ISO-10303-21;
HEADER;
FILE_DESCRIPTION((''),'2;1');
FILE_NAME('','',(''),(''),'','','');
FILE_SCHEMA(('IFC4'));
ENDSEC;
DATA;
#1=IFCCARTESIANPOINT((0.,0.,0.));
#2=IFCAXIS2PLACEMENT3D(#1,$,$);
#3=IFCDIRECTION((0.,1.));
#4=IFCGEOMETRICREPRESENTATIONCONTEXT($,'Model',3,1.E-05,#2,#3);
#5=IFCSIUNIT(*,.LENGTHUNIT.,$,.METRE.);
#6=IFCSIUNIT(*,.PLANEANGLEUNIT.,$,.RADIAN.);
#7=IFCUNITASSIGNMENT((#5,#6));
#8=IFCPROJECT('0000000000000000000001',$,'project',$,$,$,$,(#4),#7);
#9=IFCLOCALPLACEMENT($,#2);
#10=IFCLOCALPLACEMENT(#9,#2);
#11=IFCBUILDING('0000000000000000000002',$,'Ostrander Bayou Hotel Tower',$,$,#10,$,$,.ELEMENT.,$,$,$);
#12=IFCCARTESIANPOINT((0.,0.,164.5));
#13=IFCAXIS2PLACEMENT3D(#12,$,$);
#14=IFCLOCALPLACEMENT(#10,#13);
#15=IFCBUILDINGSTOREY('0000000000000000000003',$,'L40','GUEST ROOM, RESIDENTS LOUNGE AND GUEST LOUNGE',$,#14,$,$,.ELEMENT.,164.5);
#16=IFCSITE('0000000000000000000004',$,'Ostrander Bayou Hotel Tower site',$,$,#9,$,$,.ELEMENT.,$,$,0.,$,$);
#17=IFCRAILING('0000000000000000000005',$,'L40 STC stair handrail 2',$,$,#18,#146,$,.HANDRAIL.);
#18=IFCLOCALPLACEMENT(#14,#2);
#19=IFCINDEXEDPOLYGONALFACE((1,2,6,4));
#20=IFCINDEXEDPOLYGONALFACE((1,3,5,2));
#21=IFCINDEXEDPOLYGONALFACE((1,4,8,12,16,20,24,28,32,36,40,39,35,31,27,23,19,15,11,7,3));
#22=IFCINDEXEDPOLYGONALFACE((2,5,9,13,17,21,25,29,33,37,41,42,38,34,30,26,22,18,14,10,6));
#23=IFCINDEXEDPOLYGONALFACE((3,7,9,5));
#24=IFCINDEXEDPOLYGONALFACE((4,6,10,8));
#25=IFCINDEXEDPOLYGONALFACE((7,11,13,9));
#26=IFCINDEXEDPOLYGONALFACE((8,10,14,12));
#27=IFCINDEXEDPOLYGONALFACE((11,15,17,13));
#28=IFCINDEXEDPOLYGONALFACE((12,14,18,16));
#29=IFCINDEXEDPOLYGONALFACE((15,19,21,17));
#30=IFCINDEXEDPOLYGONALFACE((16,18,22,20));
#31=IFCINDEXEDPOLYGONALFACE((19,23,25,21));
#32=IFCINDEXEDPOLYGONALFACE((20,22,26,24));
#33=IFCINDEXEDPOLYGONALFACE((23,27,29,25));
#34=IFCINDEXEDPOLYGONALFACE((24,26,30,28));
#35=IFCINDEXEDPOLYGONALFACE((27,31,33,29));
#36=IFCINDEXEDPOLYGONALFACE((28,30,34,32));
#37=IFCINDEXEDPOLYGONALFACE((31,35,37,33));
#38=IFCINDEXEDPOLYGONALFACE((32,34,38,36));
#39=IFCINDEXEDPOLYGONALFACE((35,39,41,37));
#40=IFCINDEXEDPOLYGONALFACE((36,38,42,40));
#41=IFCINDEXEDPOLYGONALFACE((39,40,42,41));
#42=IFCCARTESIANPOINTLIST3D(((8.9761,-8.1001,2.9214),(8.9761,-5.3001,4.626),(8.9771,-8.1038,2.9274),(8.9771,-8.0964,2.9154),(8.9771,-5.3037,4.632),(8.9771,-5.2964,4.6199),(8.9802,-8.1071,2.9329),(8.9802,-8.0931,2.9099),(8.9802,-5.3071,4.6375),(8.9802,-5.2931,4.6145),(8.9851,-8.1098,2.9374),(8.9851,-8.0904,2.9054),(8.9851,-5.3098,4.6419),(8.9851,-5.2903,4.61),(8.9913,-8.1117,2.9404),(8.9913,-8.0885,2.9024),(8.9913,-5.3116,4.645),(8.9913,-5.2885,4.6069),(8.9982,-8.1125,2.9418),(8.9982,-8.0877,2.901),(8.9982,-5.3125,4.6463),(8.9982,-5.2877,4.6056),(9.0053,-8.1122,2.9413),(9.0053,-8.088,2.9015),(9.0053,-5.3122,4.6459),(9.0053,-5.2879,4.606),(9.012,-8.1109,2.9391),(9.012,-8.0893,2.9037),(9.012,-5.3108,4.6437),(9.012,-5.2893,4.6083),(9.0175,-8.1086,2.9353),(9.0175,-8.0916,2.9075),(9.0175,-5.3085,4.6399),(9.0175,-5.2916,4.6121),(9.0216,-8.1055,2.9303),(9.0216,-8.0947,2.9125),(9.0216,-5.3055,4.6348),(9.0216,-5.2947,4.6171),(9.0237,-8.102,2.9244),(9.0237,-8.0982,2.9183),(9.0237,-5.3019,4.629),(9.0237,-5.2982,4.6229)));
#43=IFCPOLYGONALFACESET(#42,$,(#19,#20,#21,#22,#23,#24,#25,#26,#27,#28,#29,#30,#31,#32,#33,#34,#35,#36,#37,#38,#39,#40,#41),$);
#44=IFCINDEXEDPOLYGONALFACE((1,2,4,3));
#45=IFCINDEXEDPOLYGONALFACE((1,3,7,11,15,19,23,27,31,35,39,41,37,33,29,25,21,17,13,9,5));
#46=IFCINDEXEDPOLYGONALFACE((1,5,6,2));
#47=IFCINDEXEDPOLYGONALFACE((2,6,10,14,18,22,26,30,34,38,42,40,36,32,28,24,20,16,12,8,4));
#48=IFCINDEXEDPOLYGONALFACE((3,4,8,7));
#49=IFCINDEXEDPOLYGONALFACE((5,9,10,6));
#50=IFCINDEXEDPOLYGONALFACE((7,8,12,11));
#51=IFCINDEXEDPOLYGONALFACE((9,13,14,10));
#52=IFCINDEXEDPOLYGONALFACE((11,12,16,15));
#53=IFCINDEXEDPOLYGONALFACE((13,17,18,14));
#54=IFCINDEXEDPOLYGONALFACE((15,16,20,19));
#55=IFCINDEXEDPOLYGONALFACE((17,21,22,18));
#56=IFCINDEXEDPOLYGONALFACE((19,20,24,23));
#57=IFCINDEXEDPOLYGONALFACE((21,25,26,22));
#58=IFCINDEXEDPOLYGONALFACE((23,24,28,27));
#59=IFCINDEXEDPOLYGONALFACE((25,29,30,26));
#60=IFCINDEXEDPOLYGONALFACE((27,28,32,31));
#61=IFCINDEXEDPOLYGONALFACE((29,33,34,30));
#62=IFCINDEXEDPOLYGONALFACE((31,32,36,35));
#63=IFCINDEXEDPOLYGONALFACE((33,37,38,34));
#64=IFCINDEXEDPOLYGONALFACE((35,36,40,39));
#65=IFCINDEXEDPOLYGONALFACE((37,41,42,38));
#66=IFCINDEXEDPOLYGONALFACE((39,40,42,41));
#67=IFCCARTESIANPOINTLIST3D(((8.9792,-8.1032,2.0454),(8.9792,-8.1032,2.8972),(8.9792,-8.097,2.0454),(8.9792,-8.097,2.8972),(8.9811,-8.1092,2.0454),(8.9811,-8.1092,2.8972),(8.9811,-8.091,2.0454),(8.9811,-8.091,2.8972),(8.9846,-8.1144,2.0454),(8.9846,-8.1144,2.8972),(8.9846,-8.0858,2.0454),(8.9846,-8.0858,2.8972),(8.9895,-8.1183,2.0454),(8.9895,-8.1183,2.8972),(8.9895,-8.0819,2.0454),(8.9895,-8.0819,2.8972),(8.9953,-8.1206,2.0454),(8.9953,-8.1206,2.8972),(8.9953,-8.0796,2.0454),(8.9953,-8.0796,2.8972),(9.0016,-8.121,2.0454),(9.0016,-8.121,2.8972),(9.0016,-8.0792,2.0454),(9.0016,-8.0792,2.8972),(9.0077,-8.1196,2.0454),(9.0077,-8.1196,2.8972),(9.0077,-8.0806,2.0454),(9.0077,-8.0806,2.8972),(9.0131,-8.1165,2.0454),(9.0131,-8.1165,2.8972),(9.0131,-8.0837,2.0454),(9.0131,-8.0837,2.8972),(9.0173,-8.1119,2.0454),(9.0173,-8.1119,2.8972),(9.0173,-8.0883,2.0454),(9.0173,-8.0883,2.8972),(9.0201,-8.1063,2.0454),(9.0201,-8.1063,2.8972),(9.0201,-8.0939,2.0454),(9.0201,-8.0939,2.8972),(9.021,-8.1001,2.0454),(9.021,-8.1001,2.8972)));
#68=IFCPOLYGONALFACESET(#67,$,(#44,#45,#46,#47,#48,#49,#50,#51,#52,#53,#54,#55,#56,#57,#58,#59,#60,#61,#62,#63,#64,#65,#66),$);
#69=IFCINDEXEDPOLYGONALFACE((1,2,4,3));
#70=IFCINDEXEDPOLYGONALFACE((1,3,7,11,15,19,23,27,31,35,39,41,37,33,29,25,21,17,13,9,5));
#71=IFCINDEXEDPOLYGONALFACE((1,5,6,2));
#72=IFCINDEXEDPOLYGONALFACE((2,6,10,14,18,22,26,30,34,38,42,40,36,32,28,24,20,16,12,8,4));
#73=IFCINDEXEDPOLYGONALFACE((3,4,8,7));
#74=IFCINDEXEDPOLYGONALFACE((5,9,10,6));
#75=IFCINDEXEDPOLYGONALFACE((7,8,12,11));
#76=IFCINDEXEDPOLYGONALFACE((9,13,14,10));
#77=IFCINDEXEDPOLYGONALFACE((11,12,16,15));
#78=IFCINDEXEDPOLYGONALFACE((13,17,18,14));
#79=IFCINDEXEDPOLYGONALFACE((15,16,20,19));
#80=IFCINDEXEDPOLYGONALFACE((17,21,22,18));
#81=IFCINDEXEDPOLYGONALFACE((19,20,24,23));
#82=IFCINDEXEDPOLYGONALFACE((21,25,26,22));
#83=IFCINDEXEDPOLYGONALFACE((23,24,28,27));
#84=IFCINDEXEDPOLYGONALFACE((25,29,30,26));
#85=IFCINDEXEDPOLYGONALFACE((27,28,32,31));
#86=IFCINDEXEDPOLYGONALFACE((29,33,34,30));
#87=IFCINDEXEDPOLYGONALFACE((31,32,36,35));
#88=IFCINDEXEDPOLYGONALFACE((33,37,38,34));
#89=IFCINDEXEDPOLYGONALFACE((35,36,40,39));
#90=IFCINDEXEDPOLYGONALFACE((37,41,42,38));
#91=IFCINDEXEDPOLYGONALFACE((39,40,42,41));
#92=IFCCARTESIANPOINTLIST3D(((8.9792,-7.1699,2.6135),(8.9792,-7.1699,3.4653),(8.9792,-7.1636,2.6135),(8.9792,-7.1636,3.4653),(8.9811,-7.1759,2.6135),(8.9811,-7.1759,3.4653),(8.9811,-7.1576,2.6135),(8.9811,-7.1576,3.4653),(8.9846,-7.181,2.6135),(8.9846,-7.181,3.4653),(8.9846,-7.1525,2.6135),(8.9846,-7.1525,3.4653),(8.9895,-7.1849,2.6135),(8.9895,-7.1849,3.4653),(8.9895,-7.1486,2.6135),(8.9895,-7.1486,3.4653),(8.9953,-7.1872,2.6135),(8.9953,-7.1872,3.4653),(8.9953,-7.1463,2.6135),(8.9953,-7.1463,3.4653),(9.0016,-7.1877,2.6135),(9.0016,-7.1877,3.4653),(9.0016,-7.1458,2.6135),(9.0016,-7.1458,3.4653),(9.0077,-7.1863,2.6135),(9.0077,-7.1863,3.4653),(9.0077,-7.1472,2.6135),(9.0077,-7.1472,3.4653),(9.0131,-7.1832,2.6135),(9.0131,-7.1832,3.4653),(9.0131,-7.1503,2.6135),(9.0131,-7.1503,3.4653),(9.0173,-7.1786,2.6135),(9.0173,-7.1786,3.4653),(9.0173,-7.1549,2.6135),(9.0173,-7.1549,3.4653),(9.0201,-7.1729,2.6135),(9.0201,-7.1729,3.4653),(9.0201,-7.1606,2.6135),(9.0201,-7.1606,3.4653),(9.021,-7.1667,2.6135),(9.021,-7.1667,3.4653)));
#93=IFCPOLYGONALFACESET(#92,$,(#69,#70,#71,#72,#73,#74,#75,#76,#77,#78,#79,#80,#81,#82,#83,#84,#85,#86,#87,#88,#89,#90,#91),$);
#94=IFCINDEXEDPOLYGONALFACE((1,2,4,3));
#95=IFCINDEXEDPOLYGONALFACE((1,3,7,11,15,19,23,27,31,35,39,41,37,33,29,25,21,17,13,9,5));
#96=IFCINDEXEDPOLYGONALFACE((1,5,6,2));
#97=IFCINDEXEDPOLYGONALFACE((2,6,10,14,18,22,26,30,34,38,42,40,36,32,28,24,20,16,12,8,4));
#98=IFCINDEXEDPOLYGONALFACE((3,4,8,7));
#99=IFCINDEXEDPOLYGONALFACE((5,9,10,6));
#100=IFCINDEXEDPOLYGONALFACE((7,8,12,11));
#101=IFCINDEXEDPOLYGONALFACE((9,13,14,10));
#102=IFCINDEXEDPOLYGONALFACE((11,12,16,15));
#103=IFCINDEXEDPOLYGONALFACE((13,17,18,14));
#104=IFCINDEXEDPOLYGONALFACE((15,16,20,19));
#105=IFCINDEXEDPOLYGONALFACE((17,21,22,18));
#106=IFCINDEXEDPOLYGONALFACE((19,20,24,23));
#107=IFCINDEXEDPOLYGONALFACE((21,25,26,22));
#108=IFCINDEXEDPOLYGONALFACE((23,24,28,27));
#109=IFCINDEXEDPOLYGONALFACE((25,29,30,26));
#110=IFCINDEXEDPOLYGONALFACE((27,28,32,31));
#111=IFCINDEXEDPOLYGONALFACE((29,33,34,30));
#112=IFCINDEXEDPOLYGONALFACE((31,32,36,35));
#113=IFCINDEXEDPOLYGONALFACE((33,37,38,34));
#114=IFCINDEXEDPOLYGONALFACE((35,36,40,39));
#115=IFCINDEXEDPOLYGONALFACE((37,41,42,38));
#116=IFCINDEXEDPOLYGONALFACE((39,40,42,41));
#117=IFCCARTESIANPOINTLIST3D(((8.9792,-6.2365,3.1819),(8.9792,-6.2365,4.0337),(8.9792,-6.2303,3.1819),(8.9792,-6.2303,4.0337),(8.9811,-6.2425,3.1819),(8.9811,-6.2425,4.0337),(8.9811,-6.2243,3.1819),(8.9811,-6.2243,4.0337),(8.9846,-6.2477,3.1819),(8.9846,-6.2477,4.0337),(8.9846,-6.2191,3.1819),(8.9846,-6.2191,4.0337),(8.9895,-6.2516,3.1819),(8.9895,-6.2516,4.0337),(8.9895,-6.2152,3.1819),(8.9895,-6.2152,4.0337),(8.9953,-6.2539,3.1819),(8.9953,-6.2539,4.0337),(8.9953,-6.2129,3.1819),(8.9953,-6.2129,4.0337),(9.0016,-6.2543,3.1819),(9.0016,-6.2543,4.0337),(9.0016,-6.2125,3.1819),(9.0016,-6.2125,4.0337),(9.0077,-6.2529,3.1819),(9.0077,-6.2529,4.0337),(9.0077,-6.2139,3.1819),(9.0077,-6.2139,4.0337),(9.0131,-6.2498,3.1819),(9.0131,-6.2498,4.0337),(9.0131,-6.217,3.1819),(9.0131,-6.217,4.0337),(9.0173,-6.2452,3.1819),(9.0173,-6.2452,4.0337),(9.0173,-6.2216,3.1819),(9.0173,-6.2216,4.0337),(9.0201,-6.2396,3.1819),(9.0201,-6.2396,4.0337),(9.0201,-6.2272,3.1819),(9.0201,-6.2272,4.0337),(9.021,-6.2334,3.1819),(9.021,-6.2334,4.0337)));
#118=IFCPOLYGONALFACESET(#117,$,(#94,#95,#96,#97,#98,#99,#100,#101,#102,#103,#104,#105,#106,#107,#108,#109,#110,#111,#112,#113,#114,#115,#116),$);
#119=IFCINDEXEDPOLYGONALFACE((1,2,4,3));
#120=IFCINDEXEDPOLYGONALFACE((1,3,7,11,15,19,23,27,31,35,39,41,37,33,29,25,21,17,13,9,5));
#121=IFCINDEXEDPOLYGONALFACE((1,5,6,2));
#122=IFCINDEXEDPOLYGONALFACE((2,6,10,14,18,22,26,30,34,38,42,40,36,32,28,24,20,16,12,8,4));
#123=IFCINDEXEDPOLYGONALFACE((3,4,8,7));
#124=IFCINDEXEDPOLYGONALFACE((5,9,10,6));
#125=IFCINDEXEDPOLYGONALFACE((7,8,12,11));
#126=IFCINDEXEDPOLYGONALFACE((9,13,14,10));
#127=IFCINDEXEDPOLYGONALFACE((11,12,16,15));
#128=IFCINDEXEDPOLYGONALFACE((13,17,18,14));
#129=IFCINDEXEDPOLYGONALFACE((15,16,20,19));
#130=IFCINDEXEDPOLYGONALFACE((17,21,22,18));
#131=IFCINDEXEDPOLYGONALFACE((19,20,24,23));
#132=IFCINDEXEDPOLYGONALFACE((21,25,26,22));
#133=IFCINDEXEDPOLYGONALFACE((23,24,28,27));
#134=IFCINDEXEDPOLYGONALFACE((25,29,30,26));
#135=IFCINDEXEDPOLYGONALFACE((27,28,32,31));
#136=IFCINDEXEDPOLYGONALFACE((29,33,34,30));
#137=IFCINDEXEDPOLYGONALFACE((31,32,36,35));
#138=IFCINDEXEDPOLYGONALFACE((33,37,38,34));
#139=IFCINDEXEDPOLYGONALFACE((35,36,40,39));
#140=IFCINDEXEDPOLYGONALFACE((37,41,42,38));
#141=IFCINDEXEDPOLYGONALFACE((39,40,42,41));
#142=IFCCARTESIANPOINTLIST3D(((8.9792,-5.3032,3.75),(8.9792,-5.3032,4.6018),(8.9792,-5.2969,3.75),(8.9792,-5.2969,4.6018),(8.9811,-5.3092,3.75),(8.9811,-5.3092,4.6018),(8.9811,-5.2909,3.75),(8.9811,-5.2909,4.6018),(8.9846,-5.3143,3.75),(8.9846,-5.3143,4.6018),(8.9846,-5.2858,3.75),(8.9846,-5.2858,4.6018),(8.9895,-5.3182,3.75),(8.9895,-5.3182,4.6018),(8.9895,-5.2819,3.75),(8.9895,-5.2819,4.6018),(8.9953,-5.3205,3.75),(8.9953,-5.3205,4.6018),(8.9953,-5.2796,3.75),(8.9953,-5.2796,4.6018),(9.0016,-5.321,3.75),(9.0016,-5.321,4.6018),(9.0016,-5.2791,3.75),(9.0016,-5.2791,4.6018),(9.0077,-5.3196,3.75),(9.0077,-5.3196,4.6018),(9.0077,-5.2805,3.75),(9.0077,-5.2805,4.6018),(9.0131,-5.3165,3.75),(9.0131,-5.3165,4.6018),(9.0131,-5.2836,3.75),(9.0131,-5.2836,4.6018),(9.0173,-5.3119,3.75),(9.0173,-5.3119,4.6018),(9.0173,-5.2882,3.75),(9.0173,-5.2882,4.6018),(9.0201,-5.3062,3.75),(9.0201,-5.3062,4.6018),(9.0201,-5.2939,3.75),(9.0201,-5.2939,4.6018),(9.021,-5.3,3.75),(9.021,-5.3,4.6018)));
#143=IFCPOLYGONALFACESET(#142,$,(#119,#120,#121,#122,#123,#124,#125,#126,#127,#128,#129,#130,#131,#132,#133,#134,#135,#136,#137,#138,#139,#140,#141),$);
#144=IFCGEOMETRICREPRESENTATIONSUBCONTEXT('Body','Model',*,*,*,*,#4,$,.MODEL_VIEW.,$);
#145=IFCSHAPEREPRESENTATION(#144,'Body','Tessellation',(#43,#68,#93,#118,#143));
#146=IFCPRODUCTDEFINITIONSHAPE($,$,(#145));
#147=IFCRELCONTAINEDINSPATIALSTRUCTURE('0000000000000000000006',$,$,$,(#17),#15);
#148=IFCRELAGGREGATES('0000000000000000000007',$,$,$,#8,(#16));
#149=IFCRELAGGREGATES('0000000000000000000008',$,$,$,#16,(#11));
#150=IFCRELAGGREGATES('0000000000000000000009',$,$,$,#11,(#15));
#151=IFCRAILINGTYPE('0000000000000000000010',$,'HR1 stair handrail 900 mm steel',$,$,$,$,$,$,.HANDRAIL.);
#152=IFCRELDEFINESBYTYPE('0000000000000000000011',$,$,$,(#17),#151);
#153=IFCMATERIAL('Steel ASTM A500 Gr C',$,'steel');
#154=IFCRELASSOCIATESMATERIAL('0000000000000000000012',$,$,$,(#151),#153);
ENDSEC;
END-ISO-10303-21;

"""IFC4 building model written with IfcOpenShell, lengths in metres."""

from ifc_helpers import new_model, si_unit, direction, frame, origin, origin_2d, place, context, subcontext, project, spatial, circle, extrude, material, type_object, element, save


model = new_model("IFC4")

# Units and contexts
model_context = context("Model", 3, precision=1e-05, world=origin(), true_north=direction((0.0, 1.0)))
body_context = subcontext(model_context, "Body", "Model", "MODEL_VIEW")
ifc_project = project(units=[si_unit("LENGTHUNIT", "METRE"), si_unit("PLANEANGLEUNIT", "RADIAN")], contexts=[model_context])

# Site, building, storey
site_placement = place(None, origin())
site = spatial("IfcSite", under=ifc_project, at=site_placement, Name="Ostrander Bayou Hotel Tower site", CompositionType="ELEMENT", RefElevation=0.0)
building_placement = place(site_placement, origin())
building = spatial("IfcBuilding", under=site, at=building_placement, Name="Ostrander Bayou Hotel Tower", CompositionType="ELEMENT")
storey_placement = place(building_placement, frame((0.0, 0.0, 164.5)))
storey = spatial("IfcBuildingStorey", under=building, at=storey_placement, Name="L40", Description="GUEST ROOM, RESIDENTS LOUNGE AND GUEST LOUNGE", CompositionType="ELEMENT", Elevation=164.5)

# Railing
ifc_material_1 = material(Name="Steel ASTM A500 Gr C", Category="steel")
railing_type_1 = type_object("IfcRailingType", Name="HR1 stair handrail 900 mm steel", PredefinedType="HANDRAIL", material=ifc_material_1)
railing_1_placement = place(storey_placement, frame((9.0, -8.1001, 2.0454)))
element("IfcRailing", 1, at=railing_1_placement, inside=storey, type_object=railing_type_1, Name="L40 STC stair handrail 2", PredefinedType="HANDRAIL", context=body_context, shape_type="SweptSolid", body=[
    extrude(circle(Radius=0.0239, at=origin_2d()), frame((0.0, 0.0, 0.876), z_axis=(0.0, 0.85417, 0.519994), x_axis=(-1.0, 0.0, 0.0)), (0.0, 0.0, 1.0), 3.2781),
    extrude(circle(Radius=0.021, at=origin_2d()), origin(), (0.0, 0.0, 1.0), 0.8518),
    extrude(circle(Radius=0.021, at=origin_2d()), frame((0.0, 0.9333, 0.5681)), (0.0, 0.0, 1.0), 0.8518),
    extrude(circle(Radius=0.021, at=origin_2d()), frame((0.0, 1.8667, 1.1365)), (0.0, 0.0, 1.0), 0.8518),
    extrude(circle(Radius=0.021, at=origin_2d()), frame((0.0, 2.8, 1.7046)), (0.0, 0.0, 1.0), 0.8518),
])

save(model, "model.ifc")
